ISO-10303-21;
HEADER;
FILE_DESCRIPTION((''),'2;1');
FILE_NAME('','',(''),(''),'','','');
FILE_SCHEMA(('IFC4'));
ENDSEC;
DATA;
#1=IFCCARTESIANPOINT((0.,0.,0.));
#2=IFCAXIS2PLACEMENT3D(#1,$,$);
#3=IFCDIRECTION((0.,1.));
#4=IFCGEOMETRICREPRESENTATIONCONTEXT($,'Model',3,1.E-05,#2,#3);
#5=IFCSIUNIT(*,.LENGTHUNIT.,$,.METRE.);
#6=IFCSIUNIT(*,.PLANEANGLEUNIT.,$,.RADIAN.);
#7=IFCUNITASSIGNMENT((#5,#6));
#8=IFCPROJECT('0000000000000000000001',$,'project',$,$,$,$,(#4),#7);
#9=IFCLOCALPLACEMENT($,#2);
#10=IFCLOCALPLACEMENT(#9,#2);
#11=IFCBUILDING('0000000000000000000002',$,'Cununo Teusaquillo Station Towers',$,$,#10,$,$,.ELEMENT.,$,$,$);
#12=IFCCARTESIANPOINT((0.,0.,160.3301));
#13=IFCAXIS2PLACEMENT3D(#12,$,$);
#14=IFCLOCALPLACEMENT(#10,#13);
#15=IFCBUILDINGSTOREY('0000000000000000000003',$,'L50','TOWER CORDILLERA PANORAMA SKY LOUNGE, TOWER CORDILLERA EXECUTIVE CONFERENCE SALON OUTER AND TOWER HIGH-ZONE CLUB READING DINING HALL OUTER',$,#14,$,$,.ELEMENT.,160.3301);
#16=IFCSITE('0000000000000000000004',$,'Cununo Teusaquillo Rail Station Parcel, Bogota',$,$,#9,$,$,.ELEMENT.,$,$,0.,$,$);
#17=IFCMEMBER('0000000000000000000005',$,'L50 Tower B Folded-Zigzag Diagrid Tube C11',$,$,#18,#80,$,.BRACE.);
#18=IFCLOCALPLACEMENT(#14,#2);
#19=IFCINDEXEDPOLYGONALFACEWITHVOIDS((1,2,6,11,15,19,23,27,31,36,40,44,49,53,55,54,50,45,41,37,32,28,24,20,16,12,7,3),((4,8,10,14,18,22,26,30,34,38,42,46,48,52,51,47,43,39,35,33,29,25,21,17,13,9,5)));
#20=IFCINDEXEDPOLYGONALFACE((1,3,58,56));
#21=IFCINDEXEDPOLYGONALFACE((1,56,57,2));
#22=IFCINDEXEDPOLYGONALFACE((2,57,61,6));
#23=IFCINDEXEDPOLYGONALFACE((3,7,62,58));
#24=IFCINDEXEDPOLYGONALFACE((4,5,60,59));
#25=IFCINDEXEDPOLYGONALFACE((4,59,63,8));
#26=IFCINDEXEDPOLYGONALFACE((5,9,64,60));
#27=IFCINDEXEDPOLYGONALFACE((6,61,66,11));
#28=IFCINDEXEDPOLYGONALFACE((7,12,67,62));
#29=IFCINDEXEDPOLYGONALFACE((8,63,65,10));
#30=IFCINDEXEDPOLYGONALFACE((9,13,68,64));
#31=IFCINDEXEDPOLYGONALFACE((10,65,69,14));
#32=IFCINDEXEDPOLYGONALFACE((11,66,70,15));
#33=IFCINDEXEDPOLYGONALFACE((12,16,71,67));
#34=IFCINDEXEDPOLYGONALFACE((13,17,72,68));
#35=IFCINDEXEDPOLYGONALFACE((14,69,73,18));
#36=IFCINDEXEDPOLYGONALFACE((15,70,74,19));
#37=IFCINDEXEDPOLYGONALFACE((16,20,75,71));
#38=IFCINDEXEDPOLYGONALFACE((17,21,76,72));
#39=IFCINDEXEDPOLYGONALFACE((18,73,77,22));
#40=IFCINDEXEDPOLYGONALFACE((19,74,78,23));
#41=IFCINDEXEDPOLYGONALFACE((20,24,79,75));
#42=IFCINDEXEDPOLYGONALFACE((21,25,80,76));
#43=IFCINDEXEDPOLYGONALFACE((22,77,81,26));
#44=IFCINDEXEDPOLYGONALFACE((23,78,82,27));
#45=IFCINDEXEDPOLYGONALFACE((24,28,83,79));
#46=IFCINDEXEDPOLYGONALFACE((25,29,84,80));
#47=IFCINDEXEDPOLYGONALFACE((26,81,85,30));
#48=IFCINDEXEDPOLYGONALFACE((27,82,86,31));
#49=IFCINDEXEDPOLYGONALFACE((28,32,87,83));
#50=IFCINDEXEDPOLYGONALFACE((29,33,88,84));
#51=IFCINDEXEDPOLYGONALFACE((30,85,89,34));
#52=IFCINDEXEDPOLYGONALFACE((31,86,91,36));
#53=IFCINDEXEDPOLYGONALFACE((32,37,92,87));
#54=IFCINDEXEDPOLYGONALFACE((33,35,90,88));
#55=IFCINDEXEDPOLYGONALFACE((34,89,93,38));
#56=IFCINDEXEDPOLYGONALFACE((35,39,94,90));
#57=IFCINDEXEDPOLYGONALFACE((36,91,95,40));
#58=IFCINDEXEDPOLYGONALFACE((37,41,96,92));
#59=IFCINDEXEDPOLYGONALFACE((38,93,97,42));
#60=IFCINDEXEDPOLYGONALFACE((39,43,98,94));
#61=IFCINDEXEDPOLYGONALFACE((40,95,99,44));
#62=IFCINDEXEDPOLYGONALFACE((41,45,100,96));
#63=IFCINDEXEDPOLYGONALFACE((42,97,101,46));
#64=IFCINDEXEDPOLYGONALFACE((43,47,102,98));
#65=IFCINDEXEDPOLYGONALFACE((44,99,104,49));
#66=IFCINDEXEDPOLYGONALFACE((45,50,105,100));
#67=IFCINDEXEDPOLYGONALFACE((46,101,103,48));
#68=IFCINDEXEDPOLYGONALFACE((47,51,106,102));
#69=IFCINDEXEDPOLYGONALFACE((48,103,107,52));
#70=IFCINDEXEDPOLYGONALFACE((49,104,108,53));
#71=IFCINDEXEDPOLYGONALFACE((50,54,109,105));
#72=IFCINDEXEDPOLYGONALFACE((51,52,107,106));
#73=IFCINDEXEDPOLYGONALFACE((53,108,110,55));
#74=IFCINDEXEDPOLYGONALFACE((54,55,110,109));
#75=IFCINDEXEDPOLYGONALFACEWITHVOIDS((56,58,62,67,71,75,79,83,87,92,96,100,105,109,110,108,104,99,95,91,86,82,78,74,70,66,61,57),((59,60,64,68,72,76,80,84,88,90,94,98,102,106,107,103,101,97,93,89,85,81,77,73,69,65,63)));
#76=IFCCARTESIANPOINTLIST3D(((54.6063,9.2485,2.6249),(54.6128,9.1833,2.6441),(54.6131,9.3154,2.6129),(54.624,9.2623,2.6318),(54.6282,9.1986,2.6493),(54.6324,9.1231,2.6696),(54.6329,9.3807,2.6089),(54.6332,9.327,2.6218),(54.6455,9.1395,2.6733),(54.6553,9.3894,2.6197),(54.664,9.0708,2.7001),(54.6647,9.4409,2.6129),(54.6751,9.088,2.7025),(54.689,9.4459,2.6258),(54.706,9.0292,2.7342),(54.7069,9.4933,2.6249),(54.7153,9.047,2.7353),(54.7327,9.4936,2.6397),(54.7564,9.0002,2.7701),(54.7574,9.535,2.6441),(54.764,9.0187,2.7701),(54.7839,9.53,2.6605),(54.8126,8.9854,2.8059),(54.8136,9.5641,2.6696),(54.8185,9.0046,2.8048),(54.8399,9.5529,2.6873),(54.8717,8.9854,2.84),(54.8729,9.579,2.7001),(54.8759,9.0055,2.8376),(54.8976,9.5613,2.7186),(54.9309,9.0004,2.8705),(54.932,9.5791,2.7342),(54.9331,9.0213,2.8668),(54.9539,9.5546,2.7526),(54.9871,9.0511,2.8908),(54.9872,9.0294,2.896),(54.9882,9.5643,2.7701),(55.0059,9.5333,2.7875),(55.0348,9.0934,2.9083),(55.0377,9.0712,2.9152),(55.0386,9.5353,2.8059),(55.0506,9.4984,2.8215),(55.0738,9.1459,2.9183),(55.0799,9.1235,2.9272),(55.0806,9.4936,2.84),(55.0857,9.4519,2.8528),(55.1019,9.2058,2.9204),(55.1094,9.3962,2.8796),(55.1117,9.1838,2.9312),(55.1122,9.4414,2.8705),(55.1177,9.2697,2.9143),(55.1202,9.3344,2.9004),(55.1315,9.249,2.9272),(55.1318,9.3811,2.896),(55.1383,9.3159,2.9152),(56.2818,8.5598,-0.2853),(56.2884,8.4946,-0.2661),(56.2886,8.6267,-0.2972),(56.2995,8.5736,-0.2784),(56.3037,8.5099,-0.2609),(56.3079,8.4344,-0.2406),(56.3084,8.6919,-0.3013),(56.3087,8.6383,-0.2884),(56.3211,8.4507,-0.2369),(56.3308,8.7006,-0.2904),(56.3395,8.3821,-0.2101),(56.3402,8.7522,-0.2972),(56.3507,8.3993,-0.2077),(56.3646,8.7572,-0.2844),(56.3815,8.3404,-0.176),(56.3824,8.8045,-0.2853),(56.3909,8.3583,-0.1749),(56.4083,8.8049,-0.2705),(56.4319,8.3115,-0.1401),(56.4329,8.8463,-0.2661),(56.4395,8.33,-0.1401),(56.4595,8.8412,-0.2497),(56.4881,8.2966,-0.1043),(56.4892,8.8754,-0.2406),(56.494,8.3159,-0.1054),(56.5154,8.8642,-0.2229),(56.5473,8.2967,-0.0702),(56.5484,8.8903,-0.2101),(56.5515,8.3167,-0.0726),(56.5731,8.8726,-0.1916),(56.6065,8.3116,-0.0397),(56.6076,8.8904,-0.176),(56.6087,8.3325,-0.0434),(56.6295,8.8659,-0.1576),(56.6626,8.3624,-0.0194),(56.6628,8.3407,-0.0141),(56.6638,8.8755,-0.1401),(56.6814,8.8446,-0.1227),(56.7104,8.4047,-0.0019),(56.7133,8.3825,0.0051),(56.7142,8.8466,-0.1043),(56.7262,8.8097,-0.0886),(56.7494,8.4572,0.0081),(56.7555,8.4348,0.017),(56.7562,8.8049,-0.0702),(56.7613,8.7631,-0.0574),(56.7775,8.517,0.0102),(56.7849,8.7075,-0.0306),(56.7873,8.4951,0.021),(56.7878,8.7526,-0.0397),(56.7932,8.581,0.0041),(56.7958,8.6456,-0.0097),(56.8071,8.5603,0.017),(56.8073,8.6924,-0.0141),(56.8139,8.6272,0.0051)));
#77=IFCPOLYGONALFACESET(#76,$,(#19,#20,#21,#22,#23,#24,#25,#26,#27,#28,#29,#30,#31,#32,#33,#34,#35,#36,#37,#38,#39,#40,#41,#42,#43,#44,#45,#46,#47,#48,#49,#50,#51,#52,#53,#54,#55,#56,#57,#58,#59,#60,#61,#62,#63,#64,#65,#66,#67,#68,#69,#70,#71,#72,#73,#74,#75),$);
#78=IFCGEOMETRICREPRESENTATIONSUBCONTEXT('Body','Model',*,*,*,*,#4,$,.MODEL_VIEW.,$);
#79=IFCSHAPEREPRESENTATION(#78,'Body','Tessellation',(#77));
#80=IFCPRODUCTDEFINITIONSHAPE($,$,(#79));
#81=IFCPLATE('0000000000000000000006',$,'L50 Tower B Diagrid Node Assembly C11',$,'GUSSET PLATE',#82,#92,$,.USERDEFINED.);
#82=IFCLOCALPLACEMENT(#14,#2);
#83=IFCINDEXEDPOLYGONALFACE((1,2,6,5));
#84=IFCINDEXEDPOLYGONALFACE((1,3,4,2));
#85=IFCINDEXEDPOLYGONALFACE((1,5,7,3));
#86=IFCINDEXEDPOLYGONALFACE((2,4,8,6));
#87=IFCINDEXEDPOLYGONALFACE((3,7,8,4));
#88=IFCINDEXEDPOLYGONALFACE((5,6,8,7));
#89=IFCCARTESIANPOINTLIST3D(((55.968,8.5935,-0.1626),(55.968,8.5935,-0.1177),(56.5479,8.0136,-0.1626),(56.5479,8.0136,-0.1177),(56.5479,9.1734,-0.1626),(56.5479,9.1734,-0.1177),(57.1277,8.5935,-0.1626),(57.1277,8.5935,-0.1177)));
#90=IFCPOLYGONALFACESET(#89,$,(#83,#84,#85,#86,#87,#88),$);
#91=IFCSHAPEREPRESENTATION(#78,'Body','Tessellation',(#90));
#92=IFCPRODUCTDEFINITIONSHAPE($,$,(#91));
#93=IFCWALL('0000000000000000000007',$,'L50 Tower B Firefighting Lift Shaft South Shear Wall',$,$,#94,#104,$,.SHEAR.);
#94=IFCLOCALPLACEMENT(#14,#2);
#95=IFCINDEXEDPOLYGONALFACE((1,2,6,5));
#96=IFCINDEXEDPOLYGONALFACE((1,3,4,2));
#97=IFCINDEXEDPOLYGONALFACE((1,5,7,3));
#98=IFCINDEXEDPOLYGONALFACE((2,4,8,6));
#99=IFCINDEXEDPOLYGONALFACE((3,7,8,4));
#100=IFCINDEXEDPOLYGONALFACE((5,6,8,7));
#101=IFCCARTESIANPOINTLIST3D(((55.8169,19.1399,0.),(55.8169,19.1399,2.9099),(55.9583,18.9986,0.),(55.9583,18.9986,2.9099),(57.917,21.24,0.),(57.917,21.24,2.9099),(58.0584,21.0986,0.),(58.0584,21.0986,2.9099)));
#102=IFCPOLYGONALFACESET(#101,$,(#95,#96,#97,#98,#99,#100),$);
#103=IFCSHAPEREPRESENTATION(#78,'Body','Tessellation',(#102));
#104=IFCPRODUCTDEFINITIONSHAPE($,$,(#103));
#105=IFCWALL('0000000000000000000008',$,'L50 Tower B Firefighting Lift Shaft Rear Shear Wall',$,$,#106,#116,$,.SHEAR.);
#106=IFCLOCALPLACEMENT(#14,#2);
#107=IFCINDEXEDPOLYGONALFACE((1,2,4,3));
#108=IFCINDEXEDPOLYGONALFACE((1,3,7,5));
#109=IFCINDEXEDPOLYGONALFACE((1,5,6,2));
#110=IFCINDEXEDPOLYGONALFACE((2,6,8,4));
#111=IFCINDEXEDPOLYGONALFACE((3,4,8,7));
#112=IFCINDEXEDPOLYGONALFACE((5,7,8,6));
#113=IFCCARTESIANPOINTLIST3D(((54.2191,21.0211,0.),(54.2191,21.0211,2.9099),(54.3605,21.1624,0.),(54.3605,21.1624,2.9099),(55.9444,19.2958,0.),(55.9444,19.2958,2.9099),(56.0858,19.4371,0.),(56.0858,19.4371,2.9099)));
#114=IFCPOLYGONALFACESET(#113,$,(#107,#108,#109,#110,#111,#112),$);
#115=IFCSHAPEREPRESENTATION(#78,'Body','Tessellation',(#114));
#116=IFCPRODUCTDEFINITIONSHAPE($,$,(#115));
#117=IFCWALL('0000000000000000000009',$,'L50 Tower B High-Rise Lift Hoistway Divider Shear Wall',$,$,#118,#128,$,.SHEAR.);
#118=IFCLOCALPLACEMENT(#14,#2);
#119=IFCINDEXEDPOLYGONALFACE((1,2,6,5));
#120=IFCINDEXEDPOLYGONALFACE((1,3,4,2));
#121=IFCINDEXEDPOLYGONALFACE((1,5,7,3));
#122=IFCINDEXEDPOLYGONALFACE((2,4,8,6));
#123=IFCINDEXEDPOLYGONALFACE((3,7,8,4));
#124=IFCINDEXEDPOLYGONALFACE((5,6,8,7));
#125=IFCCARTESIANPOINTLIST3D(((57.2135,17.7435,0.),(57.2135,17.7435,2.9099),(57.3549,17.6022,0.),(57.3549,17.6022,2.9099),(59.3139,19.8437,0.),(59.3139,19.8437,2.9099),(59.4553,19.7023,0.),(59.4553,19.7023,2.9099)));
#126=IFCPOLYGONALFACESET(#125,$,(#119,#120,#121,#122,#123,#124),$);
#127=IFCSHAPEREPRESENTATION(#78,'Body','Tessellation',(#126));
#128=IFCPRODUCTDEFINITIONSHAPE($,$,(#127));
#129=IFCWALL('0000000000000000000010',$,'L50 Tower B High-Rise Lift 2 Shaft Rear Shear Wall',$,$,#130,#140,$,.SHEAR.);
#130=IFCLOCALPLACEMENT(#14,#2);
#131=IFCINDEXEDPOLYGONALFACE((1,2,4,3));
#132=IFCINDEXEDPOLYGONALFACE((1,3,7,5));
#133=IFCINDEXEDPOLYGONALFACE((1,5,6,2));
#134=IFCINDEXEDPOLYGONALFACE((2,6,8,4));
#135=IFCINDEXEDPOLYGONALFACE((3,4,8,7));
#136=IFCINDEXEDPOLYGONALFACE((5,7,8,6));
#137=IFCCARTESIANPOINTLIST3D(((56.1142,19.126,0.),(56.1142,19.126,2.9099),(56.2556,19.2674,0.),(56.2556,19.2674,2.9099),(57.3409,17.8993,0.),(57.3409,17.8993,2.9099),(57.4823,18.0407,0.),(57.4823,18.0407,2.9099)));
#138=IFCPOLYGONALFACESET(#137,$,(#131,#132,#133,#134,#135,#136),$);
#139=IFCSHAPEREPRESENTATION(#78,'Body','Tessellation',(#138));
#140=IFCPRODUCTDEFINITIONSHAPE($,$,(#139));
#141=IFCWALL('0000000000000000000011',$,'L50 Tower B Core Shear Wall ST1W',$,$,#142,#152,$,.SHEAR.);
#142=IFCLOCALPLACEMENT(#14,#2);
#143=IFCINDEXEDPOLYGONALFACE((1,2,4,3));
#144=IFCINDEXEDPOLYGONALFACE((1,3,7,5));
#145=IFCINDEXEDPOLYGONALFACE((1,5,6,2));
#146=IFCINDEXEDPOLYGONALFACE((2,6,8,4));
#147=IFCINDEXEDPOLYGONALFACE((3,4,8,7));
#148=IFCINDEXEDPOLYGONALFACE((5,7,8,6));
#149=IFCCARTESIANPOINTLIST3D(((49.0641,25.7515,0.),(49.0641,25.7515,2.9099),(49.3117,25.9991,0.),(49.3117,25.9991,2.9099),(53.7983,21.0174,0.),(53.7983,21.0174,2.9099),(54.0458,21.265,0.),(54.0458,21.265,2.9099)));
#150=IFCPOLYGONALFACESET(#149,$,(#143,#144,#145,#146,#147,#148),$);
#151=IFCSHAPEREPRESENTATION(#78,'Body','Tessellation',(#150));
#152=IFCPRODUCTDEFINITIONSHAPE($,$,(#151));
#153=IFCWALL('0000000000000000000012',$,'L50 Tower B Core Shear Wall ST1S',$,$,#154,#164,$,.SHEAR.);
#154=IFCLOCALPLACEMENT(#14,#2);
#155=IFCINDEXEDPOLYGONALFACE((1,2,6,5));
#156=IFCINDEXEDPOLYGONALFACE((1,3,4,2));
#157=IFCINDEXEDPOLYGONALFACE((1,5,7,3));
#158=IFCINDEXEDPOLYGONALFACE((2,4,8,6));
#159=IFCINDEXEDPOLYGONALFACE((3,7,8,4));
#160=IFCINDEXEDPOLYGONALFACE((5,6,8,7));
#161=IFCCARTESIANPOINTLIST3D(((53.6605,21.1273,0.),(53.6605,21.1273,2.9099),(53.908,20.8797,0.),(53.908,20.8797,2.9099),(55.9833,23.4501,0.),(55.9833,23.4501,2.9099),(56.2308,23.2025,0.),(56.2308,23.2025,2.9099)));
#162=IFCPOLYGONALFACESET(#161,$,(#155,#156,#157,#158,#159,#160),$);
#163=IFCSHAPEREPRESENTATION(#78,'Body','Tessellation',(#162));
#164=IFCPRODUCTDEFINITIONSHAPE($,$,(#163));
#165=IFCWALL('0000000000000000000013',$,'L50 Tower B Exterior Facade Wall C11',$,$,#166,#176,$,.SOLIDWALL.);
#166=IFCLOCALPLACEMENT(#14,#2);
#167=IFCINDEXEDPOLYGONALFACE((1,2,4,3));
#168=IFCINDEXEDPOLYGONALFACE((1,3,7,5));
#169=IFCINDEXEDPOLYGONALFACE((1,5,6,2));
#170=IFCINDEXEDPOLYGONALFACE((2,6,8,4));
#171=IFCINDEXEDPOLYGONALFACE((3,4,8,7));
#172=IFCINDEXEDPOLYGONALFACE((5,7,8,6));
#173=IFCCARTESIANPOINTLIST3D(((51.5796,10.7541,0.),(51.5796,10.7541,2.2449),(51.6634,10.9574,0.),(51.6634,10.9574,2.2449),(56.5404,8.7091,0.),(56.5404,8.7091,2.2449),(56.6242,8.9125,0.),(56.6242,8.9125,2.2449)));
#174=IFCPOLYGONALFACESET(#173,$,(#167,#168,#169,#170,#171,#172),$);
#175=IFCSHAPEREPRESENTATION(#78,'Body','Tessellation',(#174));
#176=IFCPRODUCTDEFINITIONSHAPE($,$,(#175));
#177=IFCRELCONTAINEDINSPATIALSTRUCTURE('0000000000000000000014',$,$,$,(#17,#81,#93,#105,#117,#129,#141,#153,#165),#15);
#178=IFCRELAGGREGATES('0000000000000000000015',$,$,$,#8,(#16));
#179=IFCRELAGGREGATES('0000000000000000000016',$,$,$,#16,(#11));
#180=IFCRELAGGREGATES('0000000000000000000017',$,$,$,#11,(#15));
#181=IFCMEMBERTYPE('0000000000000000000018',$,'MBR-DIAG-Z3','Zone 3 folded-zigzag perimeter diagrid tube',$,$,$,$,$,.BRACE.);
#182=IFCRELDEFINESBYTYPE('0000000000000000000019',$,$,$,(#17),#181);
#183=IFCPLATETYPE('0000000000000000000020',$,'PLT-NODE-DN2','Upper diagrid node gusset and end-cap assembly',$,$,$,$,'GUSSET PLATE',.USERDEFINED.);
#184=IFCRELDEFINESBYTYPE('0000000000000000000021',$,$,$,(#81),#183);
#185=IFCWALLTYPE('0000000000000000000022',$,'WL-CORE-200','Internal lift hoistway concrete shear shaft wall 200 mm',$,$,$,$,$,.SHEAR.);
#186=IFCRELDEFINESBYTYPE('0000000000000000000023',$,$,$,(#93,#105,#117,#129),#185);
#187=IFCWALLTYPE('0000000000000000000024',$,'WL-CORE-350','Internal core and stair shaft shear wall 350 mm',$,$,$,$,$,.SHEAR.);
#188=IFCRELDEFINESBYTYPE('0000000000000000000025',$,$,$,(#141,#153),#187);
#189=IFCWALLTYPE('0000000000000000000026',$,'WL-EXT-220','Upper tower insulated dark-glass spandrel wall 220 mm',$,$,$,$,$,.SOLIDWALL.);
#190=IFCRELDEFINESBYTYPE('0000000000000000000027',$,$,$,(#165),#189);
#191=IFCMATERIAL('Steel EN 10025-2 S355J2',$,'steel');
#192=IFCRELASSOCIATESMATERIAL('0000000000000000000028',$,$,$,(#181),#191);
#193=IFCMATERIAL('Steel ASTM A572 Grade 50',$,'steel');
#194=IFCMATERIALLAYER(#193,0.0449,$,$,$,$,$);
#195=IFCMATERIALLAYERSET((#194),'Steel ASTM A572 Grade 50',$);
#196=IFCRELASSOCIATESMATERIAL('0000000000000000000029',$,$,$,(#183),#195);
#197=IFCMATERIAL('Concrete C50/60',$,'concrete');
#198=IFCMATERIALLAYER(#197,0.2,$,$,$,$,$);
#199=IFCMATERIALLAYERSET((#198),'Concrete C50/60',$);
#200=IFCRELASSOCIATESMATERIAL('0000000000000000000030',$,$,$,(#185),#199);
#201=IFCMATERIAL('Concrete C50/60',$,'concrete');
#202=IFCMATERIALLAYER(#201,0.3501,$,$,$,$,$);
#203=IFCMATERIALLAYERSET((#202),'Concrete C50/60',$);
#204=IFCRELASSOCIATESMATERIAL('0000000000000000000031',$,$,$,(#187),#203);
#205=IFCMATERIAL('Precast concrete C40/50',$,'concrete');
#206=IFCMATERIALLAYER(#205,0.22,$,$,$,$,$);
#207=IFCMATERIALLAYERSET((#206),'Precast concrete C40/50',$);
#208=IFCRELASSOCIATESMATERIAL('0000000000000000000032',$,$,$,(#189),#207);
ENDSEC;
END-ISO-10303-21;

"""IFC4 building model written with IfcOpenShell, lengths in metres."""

from ifc_helpers import new_model, si_unit, direction, frame, frame_2d, origin, origin_2d, place, context, subcontext, project, spatial, rectangle, hollow_circle, extrude, source, transform, mapped, material, layer, layer_set, material_profile, profile_set, type_object, element, save


model = new_model("IFC4")

# Units and contexts
model_context = context("Model", 3, precision=1e-05, world=origin(), true_north=direction((0.0, 1.0)))
body_context = subcontext(model_context, "Body", "Model", "MODEL_VIEW")
ifc_project = project(units=[si_unit("LENGTHUNIT", "METRE"), si_unit("PLANEANGLEUNIT", "RADIAN")], contexts=[model_context])

# Site, building, storey
site_placement = place(None, origin())
site = spatial("IfcSite", under=ifc_project, at=site_placement, Name="Cununo Teusaquillo Rail Station Parcel, Bogota", CompositionType="ELEMENT", RefElevation=0.0)
building_placement = place(site_placement, origin())
building = spatial("IfcBuilding", under=site, at=building_placement, Name="Cununo Teusaquillo Station Towers", CompositionType="ELEMENT")
storey_placement = place(building_placement, frame((0.0, 0.0, 160.3301)))
storey = spatial("IfcBuildingStorey", under=building, at=storey_placement, Name="L50", Description="TOWER CORDILLERA PANORAMA SKY LOUNGE, TOWER CORDILLERA EXECUTIVE CONFERENCE SALON OUTER AND TOWER HIGH-ZONE CLUB READING DINING HALL OUTER", CompositionType="ELEMENT", Elevation=160.3301)

# Member
ifc_material_1 = material(Name="Steel EN 10025-2 S355J2", Category="steel")
ifc_material_profile_1 = material_profile(ifc_material_1, hollow_circle(Radius=0.3049, WallThickness=0.02, at=origin_2d()), Name="CHS 610x20")
ifc_profile_set_1 = profile_set([ifc_material_profile_1], Name="Steel EN 10025-2 S355J2")
member_type = type_object("IfcMemberType", Name="MBR-DIAG-Z3", Description="Zone 3 folded-zigzag perimeter diagrid tube", PredefinedType="BRACE", material=ifc_profile_set_1)
member_placement = place(storey_placement, frame((56.5479, 8.5935, -0.1401), z_axis=(-0.488788, 0.200914, 0.848952), x_axis=(-0.38018, -0.924912, 0.0)))
element("IfcMember", 1, at=member_placement, inside=storey, type_object=member_type, Name="L50 Tower B Folded-Zigzag Diagrid Tube C11", PredefinedType="BRACE", context=body_context, shape_type="SweptSolid", body=[
    extrude(hollow_circle(Radius=0.3049, WallThickness=0.02, at=origin_2d()), origin(), (0.0, 0.0, 1.0), 3.428),
])

# Plate
ifc_material_2 = material(Name="Steel ASTM A572 Grade 50", Category="steel")
ifc_layer_1 = layer(ifc_material_2, 0.0449)
ifc_layer_set_1 = layer_set([ifc_layer_1], Name="Steel ASTM A572 Grade 50")
plate_type = type_object("IfcPlateType", Name="PLT-NODE-DN2", Description="Upper diagrid node gusset and end-cap assembly", ElementType="GUSSET PLATE", PredefinedType="USERDEFINED", material=ifc_layer_set_1)
shared_shape_1 = source(origin(), body_context, "Body", "SweptSolid", [
    extrude(rectangle(XDim=0.8201, YDim=0.8201, at=origin_2d()), origin(), (0.0, 0.0, 1.0), 0.0449),
])
plate_placement = place(storey_placement, frame((56.5479, 8.5935, -0.1626), z_axis=(0.0, 0.0, 1.0), x_axis=(0.707107, 0.707107, 0.0)))
element("IfcPlate", 2, at=plate_placement, inside=storey, type_object=plate_type, Name="L50 Tower B Diagrid Node Assembly C11", ObjectType="GUSSET PLATE", PredefinedType="USERDEFINED", context=body_context, shape_type="MappedRepresentation", body=[
    mapped(shared_shape_1, transform((0.0, 0.0, 0.0), x_axis=(1.0, 0.0, 0.0), y_axis=(0.0, 1.0, 0.0), z_axis=(0.0, 0.0, 1.0), scale=1.0)),
])

# Walls
ifc_material_3 = material(Name="Concrete C50/60", Category="concrete")
ifc_layer_2 = layer(ifc_material_3, 0.2)
ifc_layer_set_2 = layer_set([ifc_layer_2], Name="Concrete C50/60")
wall_type_1 = type_object("IfcWallType", Name="WL-CORE-200", Description="Internal lift hoistway concrete shear shaft wall 200 mm", PredefinedType="SHEAR", material=ifc_layer_set_2)
wall_1_placement = place(storey_placement, frame((55.8877, 19.0693, 0.0), z_axis=(0.0, 0.0, 1.0), x_axis=(0.707107, 0.707107, 0.0)))
element("IfcWall", 3, at=wall_1_placement, inside=storey, type_object=wall_type_1, Name="L50 Tower B Firefighting Lift Shaft South Shear Wall", PredefinedType="SHEAR", context=body_context, shape_type="SweptSolid", body=[
    extrude(rectangle(XDim=2.97, YDim=0.2, at=frame_2d((1.4849, 0.0))), origin(), (0.0, 0.0, 1.0), 2.9099),
])
wall_2_placement = place(storey_placement, frame((56.0151, 19.3665, 0.0), z_axis=(0.0, 0.0, 1.0), x_axis=(-0.707107, 0.707107, 0.0)))
element("IfcWall", 4, at=wall_2_placement, inside=storey, type_object=wall_type_1, Name="L50 Tower B Firefighting Lift Shaft Rear Shear Wall", PredefinedType="SHEAR", context=body_context, shape_type="SweptSolid", body=[
    extrude(rectangle(XDim=2.4399, YDim=0.2, at=frame_2d((1.22, 0.0))), origin(), (0.0, 0.0, 1.0), 2.9099),
])
wall_3_placement = place(storey_placement, frame((57.2842, 17.6729, 0.0), z_axis=(0.0, 0.0, 1.0), x_axis=(0.707148, 0.707066, 0.0)))
element("IfcWall", 5, at=wall_3_placement, inside=storey, type_object=wall_type_1, Name="L50 Tower B High-Rise Lift Hoistway Divider Shear Wall", PredefinedType="SHEAR", context=body_context, shape_type="SweptSolid", body=[
    extrude(rectangle(XDim=2.9702, YDim=0.2, at=frame_2d((1.4851, 0.0))), origin(), (0.0, 0.0, 1.0), 2.9099),
])
wall_4_placement = place(storey_placement, frame((57.4116, 17.97, 0.0), z_axis=(0.0, 0.0, 1.0), x_axis=(-0.707107, 0.707107, 0.0)))
element("IfcWall", 6, at=wall_4_placement, inside=storey, type_object=wall_type_1, Name="L50 Tower B High-Rise Lift 2 Shaft Rear Shear Wall", PredefinedType="SHEAR", context=body_context, shape_type="SweptSolid", body=[
    extrude(rectangle(XDim=1.7349, YDim=0.2, at=frame_2d((0.8674, 0.0))), origin(), (0.0, 0.0, 1.0), 2.9099),
])
ifc_material_4 = material(Name="Concrete C50/60", Category="concrete")
ifc_layer_3 = layer(ifc_material_4, 0.3501)
ifc_layer_set_3 = layer_set([ifc_layer_3], Name="Concrete C50/60")
wall_type_2 = type_object("IfcWallType", Name="WL-CORE-350", Description="Internal core and stair shaft shear wall 350 mm", PredefinedType="SHEAR", material=ifc_layer_set_3)
wall_5_placement = place(storey_placement, frame((53.9221, 21.1411, 0.0), z_axis=(0.0, 0.0, 1.0), x_axis=(-0.707107, 0.707107, 0.0)))
element("IfcWall", 7, at=wall_5_placement, inside=storey, type_object=wall_type_2, Name="L50 Tower B Core Shear Wall ST1W", PredefinedType="SHEAR", context=body_context, shape_type="SweptSolid", body=[
    extrude(rectangle(XDim=6.6951, YDim=0.3501, at=frame_2d((3.3477, 0.0))), origin(), (0.0, 0.0, 1.0), 2.9099),
])
wall_6_placement = place(storey_placement, frame((53.7842, 21.0034, 0.0), z_axis=(0.0, 0.0, 1.0), x_axis=(0.707107, 0.707107, 0.0)))
element("IfcWall", 8, at=wall_6_placement, inside=storey, type_object=wall_type_2, Name="L50 Tower B Core Shear Wall ST1S", PredefinedType="SHEAR", context=body_context, shape_type="SweptSolid", body=[
    extrude(rectangle(XDim=3.2849, YDim=0.3501, at=frame_2d((1.6426, 0.0))), origin(), (0.0, 0.0, 1.0), 2.9099),
])
ifc_material_5 = material(Name="Precast concrete C40/50", Category="concrete")
ifc_layer_4 = layer(ifc_material_5, 0.22)
ifc_layer_set_4 = layer_set([ifc_layer_4], Name="Precast concrete C40/50")
wall_type_3 = type_object("IfcWallType", Name="WL-EXT-220", Description="Upper tower insulated dark-glass spandrel wall 220 mm", PredefinedType="SOLIDWALL", material=ifc_layer_set_4)
wall_7_placement = place(storey_placement, frame((56.5823, 8.8108, 0.0), z_axis=(0.0, 0.0, 1.0), x_axis=(-0.924528, 0.381114, 0.0)))
element("IfcWall", 9, at=wall_7_placement, inside=storey, type_object=wall_type_3, Name="L50 Tower B Exterior Facade Wall C11", PredefinedType="SOLIDWALL", context=body_context, shape_type="SweptSolid", body=[
    extrude(rectangle(XDim=5.3657, YDim=0.22, at=frame_2d((2.6829, 0.0))), origin(), (0.0, 0.0, 1.0), 2.2449),
])

save(model, "model.ifc")
